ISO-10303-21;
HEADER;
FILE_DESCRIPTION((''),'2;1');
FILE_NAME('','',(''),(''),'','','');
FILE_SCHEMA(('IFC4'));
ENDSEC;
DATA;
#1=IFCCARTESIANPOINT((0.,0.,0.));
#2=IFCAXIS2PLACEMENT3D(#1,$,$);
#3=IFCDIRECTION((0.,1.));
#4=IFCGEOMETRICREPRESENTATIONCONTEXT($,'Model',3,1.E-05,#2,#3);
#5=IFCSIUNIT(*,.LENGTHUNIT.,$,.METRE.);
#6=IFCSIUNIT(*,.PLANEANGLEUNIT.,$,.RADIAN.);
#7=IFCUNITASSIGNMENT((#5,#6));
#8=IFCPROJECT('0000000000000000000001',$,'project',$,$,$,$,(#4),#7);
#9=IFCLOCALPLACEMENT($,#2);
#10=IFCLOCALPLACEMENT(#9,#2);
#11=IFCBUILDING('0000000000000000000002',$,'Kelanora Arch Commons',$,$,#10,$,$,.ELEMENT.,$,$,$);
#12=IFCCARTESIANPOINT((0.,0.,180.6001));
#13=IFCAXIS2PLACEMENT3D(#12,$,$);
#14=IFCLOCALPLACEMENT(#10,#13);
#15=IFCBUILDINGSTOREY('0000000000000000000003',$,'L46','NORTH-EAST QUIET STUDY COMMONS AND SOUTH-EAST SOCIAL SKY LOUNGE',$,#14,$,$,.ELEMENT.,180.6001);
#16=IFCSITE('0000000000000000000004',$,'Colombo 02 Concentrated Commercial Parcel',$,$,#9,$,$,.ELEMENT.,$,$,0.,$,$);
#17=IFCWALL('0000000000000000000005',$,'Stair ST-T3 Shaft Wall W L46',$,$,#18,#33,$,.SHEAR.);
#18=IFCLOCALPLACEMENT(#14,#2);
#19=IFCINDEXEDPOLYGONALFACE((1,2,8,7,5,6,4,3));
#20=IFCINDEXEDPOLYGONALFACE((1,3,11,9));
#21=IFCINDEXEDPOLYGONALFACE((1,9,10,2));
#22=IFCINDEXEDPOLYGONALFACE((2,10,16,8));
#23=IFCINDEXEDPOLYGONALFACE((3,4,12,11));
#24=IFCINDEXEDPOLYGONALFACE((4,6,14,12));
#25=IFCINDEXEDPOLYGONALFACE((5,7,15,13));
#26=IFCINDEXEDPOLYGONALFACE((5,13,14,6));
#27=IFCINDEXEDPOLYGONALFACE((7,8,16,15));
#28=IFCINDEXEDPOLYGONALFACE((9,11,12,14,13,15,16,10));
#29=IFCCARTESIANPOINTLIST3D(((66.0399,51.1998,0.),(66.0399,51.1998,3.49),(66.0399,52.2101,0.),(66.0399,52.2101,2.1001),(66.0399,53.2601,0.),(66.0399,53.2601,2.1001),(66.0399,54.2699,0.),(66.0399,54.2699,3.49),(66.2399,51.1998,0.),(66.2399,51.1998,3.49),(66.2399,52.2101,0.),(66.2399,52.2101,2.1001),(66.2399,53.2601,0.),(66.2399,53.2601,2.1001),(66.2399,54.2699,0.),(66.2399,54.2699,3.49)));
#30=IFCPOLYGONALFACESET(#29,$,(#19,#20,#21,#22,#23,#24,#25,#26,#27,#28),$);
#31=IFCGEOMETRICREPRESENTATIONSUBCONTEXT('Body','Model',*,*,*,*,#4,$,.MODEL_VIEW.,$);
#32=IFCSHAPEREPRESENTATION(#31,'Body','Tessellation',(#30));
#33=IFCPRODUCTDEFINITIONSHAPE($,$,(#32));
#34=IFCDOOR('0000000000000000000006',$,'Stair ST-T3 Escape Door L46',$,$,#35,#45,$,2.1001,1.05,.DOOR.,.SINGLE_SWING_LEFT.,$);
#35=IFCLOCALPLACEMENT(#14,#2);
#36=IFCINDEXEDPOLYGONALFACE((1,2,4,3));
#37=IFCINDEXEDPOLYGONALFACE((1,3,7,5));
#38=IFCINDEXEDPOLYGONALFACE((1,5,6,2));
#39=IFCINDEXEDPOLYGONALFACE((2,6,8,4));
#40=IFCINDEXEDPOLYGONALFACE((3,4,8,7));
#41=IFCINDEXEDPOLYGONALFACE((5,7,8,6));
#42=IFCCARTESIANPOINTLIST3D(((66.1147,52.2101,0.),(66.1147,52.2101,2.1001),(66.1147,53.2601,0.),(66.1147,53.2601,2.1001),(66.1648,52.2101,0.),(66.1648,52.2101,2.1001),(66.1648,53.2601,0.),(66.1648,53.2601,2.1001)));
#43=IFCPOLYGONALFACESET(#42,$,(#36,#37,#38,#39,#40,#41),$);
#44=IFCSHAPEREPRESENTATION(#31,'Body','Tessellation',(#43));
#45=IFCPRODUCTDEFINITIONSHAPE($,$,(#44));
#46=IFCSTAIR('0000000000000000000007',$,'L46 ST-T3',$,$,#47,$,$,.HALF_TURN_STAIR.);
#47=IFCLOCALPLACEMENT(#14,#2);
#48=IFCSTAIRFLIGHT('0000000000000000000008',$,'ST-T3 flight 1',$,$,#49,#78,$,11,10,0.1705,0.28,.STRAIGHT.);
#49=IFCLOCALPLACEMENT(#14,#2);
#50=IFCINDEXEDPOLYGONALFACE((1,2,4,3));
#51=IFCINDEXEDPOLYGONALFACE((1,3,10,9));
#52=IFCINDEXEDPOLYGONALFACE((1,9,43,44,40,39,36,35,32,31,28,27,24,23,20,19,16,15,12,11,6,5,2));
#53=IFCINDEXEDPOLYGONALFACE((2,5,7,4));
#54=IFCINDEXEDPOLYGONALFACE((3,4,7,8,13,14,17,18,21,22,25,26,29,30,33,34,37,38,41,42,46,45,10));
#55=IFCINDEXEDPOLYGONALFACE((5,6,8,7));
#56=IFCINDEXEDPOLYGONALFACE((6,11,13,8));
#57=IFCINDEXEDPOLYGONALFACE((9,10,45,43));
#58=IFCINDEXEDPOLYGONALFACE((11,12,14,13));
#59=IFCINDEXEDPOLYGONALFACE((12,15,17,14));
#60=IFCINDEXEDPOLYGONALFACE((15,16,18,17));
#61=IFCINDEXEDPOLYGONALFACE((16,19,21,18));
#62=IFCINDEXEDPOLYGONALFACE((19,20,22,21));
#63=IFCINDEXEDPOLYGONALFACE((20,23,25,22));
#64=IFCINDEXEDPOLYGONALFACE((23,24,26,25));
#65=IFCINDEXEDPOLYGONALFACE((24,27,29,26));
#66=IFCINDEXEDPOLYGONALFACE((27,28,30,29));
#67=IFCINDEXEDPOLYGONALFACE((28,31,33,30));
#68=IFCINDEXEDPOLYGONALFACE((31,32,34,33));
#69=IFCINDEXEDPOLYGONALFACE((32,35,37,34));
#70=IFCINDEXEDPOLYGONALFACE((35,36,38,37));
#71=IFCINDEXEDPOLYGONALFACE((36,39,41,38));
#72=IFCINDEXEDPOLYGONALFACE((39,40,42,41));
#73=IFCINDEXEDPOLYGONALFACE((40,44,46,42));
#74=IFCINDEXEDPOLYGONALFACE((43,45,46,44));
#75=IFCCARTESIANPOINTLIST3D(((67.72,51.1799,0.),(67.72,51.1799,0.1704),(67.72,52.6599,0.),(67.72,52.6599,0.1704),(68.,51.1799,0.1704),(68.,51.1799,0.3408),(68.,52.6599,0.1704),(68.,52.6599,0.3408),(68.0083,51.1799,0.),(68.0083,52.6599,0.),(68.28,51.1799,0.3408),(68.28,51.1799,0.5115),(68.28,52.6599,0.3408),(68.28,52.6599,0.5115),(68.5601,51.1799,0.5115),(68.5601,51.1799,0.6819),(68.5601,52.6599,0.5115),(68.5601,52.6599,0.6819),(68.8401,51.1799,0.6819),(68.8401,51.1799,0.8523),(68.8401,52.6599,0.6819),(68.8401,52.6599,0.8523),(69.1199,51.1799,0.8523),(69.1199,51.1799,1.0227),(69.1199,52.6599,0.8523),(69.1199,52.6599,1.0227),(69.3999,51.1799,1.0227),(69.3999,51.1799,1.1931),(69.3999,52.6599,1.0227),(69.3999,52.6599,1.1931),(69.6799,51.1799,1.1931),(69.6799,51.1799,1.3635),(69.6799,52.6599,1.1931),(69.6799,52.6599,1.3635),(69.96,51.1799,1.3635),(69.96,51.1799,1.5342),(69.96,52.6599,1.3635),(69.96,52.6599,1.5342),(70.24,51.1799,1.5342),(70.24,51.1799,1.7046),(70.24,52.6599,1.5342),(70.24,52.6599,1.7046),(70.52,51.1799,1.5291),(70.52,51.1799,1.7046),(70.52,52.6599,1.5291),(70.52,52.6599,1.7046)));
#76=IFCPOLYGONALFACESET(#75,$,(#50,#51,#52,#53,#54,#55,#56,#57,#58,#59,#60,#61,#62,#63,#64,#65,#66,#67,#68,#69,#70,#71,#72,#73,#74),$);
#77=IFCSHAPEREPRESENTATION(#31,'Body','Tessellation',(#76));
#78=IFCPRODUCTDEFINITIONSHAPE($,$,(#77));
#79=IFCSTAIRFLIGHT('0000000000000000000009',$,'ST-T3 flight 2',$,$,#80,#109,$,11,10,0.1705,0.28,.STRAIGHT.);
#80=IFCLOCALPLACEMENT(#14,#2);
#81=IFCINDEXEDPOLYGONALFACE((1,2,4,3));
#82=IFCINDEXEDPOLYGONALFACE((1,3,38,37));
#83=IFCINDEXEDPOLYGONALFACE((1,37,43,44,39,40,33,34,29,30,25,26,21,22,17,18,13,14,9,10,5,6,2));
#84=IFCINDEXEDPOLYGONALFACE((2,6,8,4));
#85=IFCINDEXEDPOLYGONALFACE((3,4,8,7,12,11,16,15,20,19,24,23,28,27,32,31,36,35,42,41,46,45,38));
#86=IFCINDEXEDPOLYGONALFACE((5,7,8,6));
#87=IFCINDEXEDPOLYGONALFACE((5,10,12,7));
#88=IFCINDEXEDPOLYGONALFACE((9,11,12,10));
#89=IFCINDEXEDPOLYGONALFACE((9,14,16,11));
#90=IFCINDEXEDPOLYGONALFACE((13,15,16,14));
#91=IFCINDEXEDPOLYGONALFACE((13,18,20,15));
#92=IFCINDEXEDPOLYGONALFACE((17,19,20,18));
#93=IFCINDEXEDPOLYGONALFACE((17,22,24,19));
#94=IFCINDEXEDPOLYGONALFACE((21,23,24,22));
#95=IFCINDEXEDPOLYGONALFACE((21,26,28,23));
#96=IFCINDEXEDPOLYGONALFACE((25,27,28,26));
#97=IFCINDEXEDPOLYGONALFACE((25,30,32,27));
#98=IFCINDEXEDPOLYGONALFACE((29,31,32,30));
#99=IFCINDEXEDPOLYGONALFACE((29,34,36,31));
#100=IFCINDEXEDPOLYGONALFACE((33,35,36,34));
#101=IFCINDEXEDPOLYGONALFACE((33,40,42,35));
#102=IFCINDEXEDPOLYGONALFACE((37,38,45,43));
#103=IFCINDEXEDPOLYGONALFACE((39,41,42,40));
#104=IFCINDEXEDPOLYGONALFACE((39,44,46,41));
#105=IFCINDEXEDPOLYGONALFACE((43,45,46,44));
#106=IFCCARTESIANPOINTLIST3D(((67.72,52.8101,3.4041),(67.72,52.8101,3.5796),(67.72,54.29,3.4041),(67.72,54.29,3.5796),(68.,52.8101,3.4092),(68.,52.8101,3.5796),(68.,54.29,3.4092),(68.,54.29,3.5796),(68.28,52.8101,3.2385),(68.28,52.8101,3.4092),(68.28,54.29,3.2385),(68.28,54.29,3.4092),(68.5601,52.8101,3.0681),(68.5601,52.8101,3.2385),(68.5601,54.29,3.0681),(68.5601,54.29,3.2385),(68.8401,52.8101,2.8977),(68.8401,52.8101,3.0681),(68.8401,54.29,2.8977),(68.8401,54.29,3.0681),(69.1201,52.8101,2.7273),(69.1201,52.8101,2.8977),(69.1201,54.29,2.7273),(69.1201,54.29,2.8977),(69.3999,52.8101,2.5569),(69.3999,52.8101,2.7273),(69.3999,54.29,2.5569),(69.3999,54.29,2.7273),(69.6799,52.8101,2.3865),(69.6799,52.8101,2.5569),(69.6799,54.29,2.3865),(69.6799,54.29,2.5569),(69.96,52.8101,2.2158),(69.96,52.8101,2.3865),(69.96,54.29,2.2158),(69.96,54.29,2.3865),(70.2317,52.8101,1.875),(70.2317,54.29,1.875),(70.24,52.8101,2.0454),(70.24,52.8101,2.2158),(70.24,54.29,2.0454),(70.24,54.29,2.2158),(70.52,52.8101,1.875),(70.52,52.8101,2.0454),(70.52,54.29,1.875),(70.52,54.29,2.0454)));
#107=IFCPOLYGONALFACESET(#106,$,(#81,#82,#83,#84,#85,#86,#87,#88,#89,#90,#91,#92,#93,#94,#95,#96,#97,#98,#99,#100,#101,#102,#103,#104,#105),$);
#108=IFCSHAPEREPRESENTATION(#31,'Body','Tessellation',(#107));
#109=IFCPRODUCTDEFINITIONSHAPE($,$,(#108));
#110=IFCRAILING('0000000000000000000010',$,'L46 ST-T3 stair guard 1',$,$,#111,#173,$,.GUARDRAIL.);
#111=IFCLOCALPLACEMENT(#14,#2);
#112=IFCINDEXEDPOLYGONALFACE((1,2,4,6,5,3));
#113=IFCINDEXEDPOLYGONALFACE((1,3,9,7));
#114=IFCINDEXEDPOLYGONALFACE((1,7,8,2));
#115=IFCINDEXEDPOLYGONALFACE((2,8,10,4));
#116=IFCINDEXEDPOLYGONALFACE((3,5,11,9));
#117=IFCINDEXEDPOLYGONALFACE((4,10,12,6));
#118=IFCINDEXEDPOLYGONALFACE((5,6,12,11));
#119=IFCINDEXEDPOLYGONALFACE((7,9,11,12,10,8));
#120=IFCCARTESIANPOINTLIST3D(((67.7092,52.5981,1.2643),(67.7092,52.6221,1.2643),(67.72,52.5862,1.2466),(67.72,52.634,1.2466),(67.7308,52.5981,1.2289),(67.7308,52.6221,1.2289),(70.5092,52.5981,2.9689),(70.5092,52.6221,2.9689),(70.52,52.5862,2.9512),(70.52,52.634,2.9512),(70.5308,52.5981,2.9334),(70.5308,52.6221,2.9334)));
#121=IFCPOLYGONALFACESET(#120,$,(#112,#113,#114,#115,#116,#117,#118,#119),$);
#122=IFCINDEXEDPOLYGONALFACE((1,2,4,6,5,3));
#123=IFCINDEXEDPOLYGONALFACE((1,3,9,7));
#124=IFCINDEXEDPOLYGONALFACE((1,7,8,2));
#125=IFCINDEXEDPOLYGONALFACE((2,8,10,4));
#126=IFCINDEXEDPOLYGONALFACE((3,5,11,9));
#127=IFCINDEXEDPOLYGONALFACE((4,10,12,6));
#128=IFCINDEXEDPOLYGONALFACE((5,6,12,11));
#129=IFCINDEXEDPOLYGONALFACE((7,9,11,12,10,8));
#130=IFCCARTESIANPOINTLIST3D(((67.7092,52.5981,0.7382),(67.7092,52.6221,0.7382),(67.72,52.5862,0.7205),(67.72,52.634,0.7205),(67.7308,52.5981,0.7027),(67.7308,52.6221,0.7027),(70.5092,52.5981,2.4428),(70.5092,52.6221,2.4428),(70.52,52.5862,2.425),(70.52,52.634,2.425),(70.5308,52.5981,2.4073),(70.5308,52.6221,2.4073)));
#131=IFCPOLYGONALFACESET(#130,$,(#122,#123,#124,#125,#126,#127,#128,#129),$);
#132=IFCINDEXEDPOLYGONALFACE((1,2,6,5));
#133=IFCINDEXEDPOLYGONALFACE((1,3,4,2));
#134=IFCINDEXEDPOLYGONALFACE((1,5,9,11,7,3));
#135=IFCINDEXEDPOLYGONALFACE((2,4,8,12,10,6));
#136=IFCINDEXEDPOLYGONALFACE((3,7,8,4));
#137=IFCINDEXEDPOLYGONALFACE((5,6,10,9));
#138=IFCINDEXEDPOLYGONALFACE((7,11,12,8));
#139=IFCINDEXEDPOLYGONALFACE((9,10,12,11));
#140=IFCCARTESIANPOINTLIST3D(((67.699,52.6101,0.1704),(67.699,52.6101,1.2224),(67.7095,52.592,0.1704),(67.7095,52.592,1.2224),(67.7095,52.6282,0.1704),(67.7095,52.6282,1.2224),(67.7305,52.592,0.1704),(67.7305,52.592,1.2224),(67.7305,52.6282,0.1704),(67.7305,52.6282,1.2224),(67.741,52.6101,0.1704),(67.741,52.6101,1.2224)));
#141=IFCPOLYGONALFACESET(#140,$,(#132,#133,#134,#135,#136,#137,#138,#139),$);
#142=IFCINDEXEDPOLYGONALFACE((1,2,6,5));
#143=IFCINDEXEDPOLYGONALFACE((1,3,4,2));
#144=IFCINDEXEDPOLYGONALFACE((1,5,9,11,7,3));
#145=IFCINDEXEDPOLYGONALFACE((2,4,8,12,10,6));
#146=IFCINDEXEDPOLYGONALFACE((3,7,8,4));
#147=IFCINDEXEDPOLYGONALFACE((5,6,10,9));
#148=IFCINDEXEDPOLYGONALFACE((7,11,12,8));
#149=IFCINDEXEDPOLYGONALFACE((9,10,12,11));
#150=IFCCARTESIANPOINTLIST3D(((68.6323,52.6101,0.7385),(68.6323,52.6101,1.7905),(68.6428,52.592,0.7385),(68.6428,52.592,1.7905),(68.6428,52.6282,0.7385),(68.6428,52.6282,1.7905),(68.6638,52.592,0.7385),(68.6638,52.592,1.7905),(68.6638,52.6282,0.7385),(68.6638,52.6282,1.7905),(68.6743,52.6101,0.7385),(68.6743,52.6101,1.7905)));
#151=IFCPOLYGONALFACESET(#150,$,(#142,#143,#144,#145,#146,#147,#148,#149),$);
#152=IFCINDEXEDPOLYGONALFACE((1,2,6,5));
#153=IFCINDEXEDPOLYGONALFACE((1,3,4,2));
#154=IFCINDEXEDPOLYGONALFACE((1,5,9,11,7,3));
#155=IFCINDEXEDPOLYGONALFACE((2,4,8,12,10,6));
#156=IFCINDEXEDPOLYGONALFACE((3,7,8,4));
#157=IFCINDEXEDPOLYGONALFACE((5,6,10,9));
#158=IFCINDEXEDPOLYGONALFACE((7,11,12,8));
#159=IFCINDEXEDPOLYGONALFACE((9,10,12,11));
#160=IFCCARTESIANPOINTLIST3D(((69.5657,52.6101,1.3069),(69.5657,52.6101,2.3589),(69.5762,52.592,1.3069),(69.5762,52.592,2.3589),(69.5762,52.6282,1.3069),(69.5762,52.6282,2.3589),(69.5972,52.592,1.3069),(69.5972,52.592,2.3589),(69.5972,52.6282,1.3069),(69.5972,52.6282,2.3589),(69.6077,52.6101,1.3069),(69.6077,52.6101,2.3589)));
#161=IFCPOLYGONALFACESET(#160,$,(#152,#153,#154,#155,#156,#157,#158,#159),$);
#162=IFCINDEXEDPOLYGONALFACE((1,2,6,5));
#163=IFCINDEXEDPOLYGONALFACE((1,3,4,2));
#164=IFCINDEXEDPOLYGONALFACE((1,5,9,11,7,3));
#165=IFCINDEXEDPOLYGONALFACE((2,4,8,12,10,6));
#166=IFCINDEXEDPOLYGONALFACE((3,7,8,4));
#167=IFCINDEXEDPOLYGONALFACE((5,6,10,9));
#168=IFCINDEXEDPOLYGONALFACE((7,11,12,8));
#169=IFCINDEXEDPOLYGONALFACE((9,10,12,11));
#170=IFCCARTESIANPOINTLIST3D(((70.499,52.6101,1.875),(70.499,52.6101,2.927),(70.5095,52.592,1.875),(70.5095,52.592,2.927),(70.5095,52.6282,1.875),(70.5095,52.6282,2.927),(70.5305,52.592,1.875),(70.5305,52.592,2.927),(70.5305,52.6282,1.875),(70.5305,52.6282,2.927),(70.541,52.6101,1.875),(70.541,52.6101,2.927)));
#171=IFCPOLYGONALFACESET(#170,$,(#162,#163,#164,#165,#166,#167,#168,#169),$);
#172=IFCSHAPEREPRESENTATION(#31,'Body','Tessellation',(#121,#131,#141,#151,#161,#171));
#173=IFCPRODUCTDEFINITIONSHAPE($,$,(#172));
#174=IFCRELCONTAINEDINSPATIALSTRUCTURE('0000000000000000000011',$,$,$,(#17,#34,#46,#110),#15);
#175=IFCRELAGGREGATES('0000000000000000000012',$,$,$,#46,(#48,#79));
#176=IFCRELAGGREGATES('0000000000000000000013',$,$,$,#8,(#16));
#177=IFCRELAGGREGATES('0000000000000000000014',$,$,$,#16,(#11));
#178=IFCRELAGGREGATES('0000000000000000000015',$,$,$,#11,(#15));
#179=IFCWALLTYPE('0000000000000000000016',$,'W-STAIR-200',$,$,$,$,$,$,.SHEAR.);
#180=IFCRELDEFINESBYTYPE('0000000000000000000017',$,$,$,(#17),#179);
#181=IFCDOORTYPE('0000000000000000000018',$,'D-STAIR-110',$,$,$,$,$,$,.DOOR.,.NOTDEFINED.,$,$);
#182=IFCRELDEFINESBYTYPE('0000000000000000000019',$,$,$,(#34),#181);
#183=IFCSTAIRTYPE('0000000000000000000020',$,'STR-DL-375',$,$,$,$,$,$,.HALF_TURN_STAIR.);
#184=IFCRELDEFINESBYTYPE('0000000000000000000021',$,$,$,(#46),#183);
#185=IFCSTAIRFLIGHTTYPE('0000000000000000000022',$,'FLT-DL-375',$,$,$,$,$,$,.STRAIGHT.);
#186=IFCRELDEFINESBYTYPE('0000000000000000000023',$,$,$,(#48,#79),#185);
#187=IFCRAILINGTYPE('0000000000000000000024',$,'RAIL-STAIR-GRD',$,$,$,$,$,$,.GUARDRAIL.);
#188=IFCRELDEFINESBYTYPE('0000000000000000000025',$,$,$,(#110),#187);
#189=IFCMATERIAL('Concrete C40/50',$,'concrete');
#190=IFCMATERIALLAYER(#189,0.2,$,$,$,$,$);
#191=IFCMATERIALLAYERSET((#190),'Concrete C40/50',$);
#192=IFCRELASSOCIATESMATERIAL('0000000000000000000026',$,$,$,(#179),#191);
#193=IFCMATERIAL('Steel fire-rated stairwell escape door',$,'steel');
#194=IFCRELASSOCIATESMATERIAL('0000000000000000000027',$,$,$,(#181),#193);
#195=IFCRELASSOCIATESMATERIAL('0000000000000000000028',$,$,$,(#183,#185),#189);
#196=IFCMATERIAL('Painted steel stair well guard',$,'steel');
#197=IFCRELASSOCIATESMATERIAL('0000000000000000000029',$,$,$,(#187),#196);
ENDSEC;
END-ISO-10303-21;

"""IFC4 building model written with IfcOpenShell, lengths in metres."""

from ifc_helpers import new_model, si_unit, direction, frame, frame_2d, origin, place, context, subcontext, project, spatial, polyline, rectangle, outline, extrude, material, layer, layer_set, type_object, element, fill, aggregate, save


model = new_model("IFC4")

# Units and contexts
model_context = context("Model", 3, precision=1e-05, world=origin(), true_north=direction((0.0, 1.0)))
body_context = subcontext(model_context, "Body", "Model", "MODEL_VIEW")
ifc_project = project(units=[si_unit("LENGTHUNIT", "METRE"), si_unit("PLANEANGLEUNIT", "RADIAN")], contexts=[model_context])

# Site, building, storey
site_placement = place(None, origin())
site = spatial("IfcSite", under=ifc_project, at=site_placement, Name="Colombo 02 Concentrated Commercial Parcel", CompositionType="ELEMENT", RefElevation=0.0)
building_placement = place(site_placement, origin())
building = spatial("IfcBuilding", under=site, at=building_placement, Name="Kelanora Arch Commons", CompositionType="ELEMENT")
storey_placement = place(building_placement, frame((0.0, 0.0, 180.6001)))
storey = spatial("IfcBuildingStorey", under=building, at=storey_placement, Name="L46", Description="NORTH-EAST QUIET STUDY COMMONS AND SOUTH-EAST SOCIAL SKY LOUNGE", CompositionType="ELEMENT", Elevation=180.6001)

# Shared definitions
ifc_material_1 = material(Name="Concrete C40/50", Category="concrete")

# Shared definitions
ifc_layer_1 = layer(ifc_material_1, 0.2)
ifc_layer_set_1 = layer_set([ifc_layer_1], Name="Concrete C40/50")
wall_type_1 = type_object("IfcWallType", Name="W-STAIR-200", PredefinedType="SHEAR", material=ifc_layer_set_1)

# Wall, opening, door
wall_1_placement = place(storey_placement, frame((66.1399, 54.27, 0.0), z_axis=(0.0, 0.0, 1.0), x_axis=(0.0, -1.0, 0.0)))
wall_1 = element("IfcWall", 1, at=wall_1_placement, inside=storey, type_object=wall_type_1, Name="Stair ST-T3 Shaft Wall W L46", PredefinedType="SHEAR", context=body_context, shape_type="SweptSolid", body=[
    extrude(rectangle(XDim=3.0701, YDim=0.2, at=frame_2d((1.5352, 0.0))), origin(), (0.0, 0.0, 1.0), 3.49),
])
opening_1_placement = place(wall_1_placement, frame((1.01, 0.0, 0.0)))
opening_1 = element("IfcOpeningElement", 2, at=opening_1_placement, cuts=wall_1, PredefinedType="OPENING", context=body_context, shape_type="SweptSolid", body=[
    extrude(rectangle(XDim=1.05, YDim=2.1001, at=frame_2d((0.5249, 1.05))), frame((0.0, 0.1099, 0.0), z_axis=(0.0, -1.0, 0.0), x_axis=(1.0, 0.0, 0.0)), (0.0, 0.0, 1.0), 0.22),
])
ifc_material_2 = material(Name="Steel fire-rated stairwell escape door", Category="steel")
door_type_1 = type_object("IfcDoorType", Name="D-STAIR-110", OperationType="NOTDEFINED", PredefinedType="DOOR", material=ifc_material_2)
door_1_placement = place(opening_1_placement, origin())
door_1 = element("IfcDoor", 3, at=door_1_placement, inside=storey, type_object=door_type_1, Name="Stair ST-T3 Escape Door L46", OperationType="SINGLE_SWING_LEFT", OverallHeight=2.1001, OverallWidth=1.05, PredefinedType="DOOR", context=body_context, shape_type="SweptSolid", body=[
    extrude(rectangle(XDim=1.05, YDim=2.1001, at=frame_2d((0.5249, 1.05))), frame((0.0, 0.0249, 0.0), z_axis=(0.0, -1.0, 0.0), x_axis=(1.0, 0.0, 0.0)), (0.0, 0.0, 1.0), 0.05),
])
fill(opening_1, door_1)

# Stair, stair flights
stair_type = type_object("IfcStairType", Name="STR-DL-375", PredefinedType="HALF_TURN_STAIR", material=ifc_material_1)
stair_placement = place(storey_placement, origin())
stair = element("IfcStair", 4, at=stair_placement, inside=storey, type_object=stair_type, Name="L46 ST-T3", PredefinedType="HALF_TURN_STAIR")
stair_flight_type = type_object("IfcStairFlightType", Name="FLT-DL-375", PredefinedType="STRAIGHT", material=ifc_material_1)
stair_flight_1_placement = place(storey_placement, frame((67.72, 51.9199, 0.0), z_axis=(0.0, 0.0, 1.0), x_axis=(1.0, 0.0, 0.0)))
stair_flight_1 = element("IfcStairFlight", 5, at=stair_flight_1_placement, type_object=stair_flight_type, Name="ST-T3 flight 1", NumberOfRisers=11, NumberOfTreads=10, PredefinedType="STRAIGHT", RiserHeight=0.1705, TreadLength=0.28, context=body_context, shape_type="SweptSolid", body=[
    extrude(outline(polyline([(0.0, 0.0), (0.0, 0.1704), (0.28, 0.1704), (0.28, 0.3408), (0.5601, 0.3408), (0.5601, 0.5115), (0.8401, 0.5115), (0.8401, 0.6819), (1.1201, 0.6819), (1.1201, 0.8523), (1.3999, 0.8523), (1.3999, 1.0227), (1.6799, 1.0227), (1.6799, 1.1931), (1.96, 1.1931), (1.96, 1.3635), (2.24, 1.3635), (2.24, 1.5342), (2.52, 1.5342), (2.52, 1.7046), (2.8, 1.7046), (2.8, 1.875), (2.8, 1.5291), (0.2883, 0.0), (0.0, 0.0)])), frame((0.0, 0.74, 0.0), z_axis=(0.0, -1.0, 0.0), x_axis=(1.0, 0.0, 0.0)), (0.0, 0.0, 1.0), 1.48),
])
stair_flight_2_placement = place(storey_placement, frame((70.52, 53.55, 1.875), z_axis=(0.0, 0.0, 1.0), x_axis=(-1.0, 0.0, 0.0)))
stair_flight_2 = element("IfcStairFlight", 6, at=stair_flight_2_placement, type_object=stair_flight_type, Name="ST-T3 flight 2", NumberOfRisers=11, NumberOfTreads=10, PredefinedType="STRAIGHT", RiserHeight=0.1705, TreadLength=0.28, context=body_context, shape_type="SweptSolid", body=[
    extrude(outline(polyline([(0.0, 0.0), (0.0, 0.1704), (0.28, 0.1704), (0.28, 0.3408), (0.5601, 0.3408), (0.5601, 0.5115), (0.8401, 0.5115), (0.8401, 0.6819), (1.1201, 0.6819), (1.1201, 0.8523), (1.3999, 0.8523), (1.3999, 1.0227), (1.6799, 1.0227), (1.6799, 1.1931), (1.96, 1.1931), (1.96, 1.3635), (2.24, 1.3635), (2.24, 1.5342), (2.52, 1.5342), (2.52, 1.7046), (2.8, 1.7046), (2.8, 1.875), (2.8, 1.5291), (0.2883, 0.0), (0.0, 0.0)])), frame((0.0, 0.74, 0.0), z_axis=(0.0, -1.0, 0.0), x_axis=(1.0, 0.0, 0.0)), (0.0, 0.0, 1.0), 1.48),
])
aggregate(stair, [stair_flight_1, stair_flight_2])

# Railing
ifc_material_3 = material(Name="Painted steel stair well guard", Category="steel")
railing_type_1 = type_object("IfcRailingType", Name="RAIL-STAIR-GRD", PredefinedType="GUARDRAIL", material=ifc_material_3)
railing_1_placement = place(storey_placement, frame((67.72, 52.6101, 0.1704)))
element("IfcRailing", 7, at=railing_1_placement, inside=storey, type_object=railing_type_1, Name="L46 ST-T3 stair guard 1", PredefinedType="GUARDRAIL", context=body_context, shape_type="SweptSolid", body=[
    extrude(outline(polyline([(0.0239, 0.0), (0.012, 0.0208), (-0.012, 0.0208), (-0.0239, 0.0), (-0.012, -0.0208), (0.012, -0.0208), (0.0239, 0.0)])), frame((0.0, 0.0, 1.0762), z_axis=(0.85417, 0.0, 0.519994), x_axis=(0.0, 1.0, 0.0)), (0.0, 0.0, 1.0), 3.2781),
    extrude(outline(polyline([(0.0239, 0.0), (0.012, 0.0208), (-0.012, 0.0208), (-0.0239, 0.0), (-0.012, -0.0208), (0.012, -0.0208), (0.0239, 0.0)])), frame((0.0, 0.0, 0.55), z_axis=(0.85417, 0.0, 0.519994), x_axis=(0.0, 1.0, 0.0)), (0.0, 0.0, 1.0), 3.2781),
    extrude(outline(polyline([(0.021, 0.0), (0.0105, 0.0181), (-0.0105, 0.0181), (-0.021, 0.0), (-0.0105, -0.0181), (0.0105, -0.0181), (0.021, 0.0)])), origin(), (0.0, 0.0, 1.0), 1.052),
    extrude(outline(polyline([(0.021, 0.0), (0.0105, 0.0181), (-0.0105, 0.0181), (-0.021, 0.0), (-0.0105, -0.0181), (0.0105, -0.0181), (0.021, 0.0)])), frame((0.9333, 0.0, 0.5681)), (0.0, 0.0, 1.0), 1.052),
    extrude(outline(polyline([(0.021, 0.0), (0.0105, 0.0181), (-0.0105, 0.0181), (-0.021, 0.0), (-0.0105, -0.0181), (0.0105, -0.0181), (0.021, 0.0)])), frame((1.8667, 0.0, 1.1365)), (0.0, 0.0, 1.0), 1.052),
    extrude(outline(polyline([(0.021, 0.0), (0.0105, 0.0181), (-0.0105, 0.0181), (-0.021, 0.0), (-0.0105, -0.0181), (0.0105, -0.0181), (0.021, 0.0)])), frame((2.8, 0.0, 1.7046)), (0.0, 0.0, 1.0), 1.052),
])

save(model, "model.ifc")
